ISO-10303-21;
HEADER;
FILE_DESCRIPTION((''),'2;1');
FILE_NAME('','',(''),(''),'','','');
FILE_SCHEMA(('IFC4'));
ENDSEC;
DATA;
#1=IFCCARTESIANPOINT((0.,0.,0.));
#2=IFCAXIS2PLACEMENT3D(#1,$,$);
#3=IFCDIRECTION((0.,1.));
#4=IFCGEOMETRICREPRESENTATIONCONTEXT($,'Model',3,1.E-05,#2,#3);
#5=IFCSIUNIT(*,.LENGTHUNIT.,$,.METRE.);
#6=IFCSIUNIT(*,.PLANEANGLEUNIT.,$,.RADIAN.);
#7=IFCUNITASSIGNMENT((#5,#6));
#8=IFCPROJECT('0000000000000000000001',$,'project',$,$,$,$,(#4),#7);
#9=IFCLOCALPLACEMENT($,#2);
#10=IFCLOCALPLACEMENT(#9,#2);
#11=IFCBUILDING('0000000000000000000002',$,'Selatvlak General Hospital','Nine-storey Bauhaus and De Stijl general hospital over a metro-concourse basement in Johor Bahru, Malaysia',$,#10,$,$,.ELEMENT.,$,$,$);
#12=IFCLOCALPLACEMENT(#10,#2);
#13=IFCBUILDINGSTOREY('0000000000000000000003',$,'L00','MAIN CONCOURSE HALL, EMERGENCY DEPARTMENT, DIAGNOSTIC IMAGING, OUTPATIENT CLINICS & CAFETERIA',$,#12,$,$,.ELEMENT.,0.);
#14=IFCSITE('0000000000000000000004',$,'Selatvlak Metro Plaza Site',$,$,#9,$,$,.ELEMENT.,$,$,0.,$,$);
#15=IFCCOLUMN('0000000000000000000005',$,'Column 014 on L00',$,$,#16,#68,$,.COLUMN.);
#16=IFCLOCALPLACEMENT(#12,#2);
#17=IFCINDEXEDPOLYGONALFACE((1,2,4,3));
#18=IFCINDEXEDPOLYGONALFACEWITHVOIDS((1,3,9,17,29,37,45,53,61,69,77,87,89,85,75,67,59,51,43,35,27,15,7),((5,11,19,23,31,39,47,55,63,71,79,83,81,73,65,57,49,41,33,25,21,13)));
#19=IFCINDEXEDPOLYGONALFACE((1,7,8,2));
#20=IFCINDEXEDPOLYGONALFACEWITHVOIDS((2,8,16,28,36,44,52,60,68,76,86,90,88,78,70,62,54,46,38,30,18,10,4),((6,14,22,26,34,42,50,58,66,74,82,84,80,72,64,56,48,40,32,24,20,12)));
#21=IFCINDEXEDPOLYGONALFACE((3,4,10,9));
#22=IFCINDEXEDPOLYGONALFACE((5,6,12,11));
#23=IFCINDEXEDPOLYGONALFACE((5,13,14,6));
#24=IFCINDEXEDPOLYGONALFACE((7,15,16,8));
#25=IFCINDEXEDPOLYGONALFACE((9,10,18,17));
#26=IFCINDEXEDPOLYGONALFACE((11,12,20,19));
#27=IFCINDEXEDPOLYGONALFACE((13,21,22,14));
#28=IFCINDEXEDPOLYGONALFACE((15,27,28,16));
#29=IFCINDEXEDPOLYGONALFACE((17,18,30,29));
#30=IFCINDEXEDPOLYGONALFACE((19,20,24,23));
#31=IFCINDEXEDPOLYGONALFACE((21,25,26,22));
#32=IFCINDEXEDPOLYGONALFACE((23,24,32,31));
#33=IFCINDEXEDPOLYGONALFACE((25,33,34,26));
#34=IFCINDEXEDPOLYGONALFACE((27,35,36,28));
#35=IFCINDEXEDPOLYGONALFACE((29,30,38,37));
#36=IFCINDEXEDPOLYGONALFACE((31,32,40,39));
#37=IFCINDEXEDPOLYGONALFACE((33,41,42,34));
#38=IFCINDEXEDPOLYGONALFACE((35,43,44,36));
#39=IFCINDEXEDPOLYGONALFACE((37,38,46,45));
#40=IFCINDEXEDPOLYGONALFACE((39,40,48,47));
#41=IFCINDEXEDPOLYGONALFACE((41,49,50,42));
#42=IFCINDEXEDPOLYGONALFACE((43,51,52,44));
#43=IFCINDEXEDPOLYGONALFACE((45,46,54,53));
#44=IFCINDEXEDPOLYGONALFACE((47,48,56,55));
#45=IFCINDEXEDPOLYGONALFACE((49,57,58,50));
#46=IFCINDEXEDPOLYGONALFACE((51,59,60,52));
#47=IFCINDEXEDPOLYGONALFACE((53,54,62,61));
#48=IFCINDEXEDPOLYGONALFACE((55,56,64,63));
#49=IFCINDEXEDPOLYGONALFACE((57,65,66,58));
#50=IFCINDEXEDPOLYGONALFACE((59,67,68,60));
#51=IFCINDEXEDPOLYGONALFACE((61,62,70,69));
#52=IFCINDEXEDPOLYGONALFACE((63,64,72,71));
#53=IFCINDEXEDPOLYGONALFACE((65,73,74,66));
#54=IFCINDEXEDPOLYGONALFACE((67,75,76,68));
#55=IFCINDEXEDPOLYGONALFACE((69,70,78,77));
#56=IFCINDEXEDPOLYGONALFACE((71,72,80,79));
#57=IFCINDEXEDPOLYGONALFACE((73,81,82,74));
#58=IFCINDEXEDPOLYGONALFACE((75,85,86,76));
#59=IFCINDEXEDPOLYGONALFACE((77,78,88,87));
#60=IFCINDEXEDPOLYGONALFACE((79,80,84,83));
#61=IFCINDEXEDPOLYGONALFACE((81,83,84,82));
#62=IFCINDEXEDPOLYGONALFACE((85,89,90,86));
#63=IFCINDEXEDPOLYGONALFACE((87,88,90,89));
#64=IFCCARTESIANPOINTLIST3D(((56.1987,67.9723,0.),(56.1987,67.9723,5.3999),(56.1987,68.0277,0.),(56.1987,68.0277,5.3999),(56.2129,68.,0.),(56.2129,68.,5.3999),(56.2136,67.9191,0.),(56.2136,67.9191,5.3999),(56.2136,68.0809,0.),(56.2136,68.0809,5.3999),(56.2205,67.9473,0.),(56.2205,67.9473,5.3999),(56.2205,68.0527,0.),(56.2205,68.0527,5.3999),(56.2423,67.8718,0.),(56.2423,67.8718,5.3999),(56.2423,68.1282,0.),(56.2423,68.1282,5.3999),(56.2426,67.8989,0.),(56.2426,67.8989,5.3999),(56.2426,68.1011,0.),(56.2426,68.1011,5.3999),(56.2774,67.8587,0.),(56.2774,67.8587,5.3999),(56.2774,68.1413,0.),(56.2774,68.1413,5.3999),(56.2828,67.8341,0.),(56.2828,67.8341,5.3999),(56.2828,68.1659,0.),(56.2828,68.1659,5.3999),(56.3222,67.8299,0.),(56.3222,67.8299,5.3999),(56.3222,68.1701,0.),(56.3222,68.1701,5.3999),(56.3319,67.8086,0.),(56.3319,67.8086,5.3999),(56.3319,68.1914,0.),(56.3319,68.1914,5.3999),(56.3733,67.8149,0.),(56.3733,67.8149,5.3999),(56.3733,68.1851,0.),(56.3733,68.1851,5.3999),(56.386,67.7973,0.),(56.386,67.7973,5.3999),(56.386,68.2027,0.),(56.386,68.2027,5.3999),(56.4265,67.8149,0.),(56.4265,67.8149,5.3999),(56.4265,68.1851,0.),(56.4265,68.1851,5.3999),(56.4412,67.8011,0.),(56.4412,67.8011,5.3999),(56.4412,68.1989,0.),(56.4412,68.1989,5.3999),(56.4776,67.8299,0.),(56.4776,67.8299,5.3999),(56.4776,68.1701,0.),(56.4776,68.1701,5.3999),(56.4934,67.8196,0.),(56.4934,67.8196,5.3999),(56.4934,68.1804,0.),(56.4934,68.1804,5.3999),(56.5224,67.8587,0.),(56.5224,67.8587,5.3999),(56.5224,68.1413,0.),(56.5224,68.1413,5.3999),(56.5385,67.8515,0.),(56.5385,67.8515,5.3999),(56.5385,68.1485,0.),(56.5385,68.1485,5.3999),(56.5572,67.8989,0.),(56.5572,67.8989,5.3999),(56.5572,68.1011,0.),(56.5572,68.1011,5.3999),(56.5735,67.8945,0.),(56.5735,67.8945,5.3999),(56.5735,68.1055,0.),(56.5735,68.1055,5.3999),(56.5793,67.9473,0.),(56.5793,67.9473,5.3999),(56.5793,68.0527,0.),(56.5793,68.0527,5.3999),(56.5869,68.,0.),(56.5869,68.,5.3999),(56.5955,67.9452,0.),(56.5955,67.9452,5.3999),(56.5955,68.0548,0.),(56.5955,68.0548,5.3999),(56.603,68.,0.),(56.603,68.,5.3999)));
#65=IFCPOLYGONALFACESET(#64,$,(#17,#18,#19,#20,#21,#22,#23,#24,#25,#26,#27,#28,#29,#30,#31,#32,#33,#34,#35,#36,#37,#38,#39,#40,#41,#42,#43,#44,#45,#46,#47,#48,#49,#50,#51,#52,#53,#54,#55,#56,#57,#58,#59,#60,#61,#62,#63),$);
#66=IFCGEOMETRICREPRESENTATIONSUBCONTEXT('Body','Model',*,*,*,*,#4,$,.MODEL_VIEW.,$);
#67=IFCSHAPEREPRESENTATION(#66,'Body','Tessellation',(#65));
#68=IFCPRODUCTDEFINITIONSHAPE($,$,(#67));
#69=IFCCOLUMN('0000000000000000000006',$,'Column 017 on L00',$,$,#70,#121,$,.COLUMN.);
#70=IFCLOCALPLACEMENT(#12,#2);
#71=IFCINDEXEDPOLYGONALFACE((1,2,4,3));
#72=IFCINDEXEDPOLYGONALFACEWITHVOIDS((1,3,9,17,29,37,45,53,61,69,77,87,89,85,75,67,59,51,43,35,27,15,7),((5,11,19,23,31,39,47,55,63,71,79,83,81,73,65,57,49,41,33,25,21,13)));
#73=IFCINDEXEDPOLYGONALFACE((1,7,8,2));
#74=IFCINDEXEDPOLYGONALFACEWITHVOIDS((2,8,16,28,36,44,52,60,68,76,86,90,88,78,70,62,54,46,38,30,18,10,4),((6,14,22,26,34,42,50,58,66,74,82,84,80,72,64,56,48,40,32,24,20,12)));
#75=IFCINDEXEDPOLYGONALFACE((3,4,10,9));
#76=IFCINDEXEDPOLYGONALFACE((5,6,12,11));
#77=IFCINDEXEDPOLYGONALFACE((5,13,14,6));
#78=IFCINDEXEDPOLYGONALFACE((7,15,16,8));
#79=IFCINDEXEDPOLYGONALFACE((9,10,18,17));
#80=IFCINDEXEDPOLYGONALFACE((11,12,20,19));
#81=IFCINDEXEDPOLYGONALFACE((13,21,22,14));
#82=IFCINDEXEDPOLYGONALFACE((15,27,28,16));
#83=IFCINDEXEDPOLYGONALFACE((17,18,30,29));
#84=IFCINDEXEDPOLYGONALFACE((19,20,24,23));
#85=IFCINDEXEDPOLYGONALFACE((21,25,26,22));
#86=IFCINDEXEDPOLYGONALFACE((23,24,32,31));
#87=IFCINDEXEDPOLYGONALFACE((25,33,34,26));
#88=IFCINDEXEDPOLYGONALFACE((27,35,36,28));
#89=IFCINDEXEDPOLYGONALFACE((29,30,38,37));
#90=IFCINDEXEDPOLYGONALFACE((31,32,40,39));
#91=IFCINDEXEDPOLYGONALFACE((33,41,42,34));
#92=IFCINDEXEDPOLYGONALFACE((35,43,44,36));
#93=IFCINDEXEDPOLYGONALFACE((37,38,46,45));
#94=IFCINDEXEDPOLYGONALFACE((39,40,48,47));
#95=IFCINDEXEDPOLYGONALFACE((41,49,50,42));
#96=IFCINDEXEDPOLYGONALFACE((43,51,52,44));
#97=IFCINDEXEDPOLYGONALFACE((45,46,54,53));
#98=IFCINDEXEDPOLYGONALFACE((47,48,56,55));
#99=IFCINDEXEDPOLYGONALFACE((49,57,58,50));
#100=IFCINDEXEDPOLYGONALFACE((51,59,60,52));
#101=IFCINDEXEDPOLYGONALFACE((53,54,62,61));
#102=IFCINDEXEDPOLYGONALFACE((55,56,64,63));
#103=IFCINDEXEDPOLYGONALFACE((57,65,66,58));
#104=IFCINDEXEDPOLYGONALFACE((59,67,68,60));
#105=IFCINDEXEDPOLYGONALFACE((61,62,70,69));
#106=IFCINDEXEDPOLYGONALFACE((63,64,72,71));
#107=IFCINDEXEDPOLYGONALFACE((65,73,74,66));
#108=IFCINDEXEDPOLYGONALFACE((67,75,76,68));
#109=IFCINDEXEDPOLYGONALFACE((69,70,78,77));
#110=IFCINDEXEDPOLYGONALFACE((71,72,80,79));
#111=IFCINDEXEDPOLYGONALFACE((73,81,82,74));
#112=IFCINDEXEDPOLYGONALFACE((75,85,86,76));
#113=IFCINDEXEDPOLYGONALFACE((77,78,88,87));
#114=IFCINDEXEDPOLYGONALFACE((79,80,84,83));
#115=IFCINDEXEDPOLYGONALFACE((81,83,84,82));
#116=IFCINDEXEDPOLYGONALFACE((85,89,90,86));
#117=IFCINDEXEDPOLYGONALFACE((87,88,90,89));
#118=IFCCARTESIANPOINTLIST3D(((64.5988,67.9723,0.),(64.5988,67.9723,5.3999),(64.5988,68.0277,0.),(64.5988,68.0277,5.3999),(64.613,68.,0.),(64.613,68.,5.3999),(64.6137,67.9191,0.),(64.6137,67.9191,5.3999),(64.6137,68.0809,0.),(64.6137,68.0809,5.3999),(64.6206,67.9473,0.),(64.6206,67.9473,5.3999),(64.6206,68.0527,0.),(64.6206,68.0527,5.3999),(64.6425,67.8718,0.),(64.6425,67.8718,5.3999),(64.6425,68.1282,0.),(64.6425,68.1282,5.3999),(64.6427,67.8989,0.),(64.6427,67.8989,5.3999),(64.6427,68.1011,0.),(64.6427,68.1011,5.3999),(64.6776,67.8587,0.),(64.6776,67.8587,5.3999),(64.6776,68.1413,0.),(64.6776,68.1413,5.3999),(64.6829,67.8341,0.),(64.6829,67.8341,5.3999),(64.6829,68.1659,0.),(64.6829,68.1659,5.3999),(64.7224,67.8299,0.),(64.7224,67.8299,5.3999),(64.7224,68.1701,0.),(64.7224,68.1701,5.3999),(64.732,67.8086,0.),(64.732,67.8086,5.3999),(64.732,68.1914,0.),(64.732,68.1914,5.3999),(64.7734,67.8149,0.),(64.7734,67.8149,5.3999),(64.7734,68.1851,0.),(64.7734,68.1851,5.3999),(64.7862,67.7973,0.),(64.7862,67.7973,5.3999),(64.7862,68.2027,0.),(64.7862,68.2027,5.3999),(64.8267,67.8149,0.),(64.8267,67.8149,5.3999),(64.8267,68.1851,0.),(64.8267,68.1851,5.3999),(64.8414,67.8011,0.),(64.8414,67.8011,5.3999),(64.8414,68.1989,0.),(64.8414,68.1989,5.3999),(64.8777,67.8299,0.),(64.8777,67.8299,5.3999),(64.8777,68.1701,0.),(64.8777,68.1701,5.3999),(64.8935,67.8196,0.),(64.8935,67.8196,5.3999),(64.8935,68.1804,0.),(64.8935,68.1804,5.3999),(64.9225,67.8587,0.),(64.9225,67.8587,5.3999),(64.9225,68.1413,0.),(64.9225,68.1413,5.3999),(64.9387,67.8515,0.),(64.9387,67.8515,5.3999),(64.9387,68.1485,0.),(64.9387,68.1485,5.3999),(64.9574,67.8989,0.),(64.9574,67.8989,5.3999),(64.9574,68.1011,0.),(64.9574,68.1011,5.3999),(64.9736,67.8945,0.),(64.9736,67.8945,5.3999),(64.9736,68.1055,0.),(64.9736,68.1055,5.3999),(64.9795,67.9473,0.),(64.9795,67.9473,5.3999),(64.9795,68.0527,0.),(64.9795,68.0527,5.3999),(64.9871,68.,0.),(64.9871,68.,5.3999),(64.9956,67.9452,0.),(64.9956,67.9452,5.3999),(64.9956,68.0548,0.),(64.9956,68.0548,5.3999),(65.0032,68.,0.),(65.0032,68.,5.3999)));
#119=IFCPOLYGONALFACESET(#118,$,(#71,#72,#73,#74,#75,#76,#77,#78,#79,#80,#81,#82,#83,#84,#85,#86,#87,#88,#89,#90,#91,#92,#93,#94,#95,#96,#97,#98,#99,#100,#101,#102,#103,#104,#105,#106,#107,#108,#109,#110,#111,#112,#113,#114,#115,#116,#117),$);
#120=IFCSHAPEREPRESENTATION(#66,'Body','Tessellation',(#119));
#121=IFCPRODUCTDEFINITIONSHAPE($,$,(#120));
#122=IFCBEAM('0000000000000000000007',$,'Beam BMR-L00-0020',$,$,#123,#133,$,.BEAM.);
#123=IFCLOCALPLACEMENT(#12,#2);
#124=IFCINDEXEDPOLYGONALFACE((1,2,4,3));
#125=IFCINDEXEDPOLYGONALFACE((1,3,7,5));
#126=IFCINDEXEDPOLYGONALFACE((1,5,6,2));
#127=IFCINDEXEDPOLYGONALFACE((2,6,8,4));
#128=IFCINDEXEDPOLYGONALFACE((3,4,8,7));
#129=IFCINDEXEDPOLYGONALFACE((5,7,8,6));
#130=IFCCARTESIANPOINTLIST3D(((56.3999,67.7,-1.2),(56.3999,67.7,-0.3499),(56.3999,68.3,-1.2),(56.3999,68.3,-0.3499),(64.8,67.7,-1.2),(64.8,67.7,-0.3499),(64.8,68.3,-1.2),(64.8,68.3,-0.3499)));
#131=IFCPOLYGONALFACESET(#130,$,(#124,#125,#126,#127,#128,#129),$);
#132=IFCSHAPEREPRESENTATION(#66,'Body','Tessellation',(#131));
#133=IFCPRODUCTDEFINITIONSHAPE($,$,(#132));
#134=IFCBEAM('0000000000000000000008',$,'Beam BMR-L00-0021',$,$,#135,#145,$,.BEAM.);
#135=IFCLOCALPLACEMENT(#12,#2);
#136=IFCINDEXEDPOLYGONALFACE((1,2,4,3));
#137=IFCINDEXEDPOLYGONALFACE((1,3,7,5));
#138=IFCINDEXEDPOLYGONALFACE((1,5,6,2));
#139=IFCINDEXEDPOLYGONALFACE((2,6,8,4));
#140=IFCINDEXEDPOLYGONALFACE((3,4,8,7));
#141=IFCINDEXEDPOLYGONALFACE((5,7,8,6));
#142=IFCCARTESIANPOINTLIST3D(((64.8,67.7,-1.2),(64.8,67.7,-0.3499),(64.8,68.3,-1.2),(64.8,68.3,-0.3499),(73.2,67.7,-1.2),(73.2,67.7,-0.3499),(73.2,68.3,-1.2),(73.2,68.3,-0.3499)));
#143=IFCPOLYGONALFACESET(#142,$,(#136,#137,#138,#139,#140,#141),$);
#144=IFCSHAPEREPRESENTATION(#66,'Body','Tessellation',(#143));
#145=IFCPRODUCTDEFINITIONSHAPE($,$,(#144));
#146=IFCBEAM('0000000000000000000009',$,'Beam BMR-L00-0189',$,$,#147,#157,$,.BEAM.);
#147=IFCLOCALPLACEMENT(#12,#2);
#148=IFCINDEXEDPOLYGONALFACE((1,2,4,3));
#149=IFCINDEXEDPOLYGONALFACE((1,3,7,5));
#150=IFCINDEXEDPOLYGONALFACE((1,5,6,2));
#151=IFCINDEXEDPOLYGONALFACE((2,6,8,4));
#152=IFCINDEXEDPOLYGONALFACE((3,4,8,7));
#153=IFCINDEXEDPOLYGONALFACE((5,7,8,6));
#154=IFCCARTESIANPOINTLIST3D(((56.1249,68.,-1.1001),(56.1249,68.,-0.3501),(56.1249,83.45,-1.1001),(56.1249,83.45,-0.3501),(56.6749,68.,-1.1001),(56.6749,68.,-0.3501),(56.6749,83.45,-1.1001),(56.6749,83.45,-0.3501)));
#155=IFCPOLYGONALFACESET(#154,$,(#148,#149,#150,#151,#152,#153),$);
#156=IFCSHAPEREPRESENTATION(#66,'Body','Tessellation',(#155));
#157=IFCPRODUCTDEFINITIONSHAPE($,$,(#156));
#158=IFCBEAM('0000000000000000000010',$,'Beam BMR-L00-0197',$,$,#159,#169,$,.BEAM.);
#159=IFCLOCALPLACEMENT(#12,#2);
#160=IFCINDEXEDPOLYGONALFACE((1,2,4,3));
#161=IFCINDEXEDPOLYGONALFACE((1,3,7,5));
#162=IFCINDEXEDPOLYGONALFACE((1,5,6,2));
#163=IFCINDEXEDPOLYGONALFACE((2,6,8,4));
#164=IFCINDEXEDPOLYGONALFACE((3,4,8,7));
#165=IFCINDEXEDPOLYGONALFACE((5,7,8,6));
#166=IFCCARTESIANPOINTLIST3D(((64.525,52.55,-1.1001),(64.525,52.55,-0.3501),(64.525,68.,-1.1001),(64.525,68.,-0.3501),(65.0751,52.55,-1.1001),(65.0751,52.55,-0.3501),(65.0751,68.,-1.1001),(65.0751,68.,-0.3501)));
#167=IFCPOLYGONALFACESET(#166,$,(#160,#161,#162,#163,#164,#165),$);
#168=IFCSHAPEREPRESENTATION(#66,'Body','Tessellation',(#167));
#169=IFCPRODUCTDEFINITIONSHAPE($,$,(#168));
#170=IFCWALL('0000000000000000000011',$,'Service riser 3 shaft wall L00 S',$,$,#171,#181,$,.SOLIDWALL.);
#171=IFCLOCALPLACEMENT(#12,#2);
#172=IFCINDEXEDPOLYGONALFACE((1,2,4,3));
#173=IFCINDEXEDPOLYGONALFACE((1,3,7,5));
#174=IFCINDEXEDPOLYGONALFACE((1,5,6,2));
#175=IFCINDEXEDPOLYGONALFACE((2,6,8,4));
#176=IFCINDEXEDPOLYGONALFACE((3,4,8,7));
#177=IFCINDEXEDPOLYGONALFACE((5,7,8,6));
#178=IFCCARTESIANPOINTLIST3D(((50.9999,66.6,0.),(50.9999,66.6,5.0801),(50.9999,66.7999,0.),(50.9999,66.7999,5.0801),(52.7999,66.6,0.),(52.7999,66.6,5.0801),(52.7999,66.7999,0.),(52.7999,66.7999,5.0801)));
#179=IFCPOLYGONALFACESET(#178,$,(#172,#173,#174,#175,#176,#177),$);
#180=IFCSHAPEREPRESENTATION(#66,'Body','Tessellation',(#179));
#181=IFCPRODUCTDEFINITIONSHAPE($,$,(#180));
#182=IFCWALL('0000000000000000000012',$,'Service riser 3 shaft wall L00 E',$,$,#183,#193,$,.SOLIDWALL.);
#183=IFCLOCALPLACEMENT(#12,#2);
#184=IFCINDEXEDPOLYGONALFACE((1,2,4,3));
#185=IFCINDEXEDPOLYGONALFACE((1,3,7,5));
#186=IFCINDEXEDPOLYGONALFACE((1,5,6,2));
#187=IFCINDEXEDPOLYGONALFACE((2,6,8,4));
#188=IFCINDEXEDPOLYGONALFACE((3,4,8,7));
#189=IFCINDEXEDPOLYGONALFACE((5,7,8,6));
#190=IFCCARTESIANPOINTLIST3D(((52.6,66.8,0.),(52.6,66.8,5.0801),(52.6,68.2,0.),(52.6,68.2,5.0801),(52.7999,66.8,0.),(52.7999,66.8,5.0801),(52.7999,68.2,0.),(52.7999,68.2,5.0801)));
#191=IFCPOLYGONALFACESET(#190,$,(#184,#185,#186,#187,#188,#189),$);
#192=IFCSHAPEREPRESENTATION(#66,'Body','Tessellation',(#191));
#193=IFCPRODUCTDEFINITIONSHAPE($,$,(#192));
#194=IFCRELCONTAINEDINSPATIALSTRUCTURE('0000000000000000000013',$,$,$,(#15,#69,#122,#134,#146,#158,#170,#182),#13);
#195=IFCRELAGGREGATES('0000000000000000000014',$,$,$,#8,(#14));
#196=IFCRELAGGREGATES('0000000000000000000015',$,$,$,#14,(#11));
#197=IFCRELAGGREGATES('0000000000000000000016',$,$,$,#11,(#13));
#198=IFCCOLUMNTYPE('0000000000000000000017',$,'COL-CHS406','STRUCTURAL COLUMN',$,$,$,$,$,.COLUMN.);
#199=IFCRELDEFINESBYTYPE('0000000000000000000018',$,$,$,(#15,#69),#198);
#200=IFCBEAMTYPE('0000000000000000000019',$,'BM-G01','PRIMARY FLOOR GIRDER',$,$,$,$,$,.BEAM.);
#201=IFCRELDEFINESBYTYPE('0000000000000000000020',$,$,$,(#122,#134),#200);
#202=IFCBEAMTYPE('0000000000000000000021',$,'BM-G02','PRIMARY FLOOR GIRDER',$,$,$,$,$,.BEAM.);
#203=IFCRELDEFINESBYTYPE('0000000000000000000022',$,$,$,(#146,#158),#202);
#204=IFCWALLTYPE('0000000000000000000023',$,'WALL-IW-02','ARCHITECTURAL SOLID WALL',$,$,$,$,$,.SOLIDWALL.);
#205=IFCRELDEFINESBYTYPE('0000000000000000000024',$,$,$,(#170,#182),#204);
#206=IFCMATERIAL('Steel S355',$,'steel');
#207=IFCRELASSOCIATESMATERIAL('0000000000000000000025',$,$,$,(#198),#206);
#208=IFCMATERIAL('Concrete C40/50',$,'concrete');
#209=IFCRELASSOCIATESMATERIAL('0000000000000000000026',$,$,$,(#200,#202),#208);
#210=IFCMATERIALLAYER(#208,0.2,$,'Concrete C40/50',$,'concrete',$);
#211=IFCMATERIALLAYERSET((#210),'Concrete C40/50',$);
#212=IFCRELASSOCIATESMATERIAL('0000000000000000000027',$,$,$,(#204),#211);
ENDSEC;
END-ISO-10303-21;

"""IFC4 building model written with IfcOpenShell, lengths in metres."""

from ifc_helpers import new_model, si_unit, direction, frame, frame_2d, origin, origin_2d, place, context, subcontext, project, spatial, rectangle, hollow_circle, extrude, material, layer, layer_set, material_profile, profile_set, type_object, element, save


model = new_model("IFC4")

# Units and contexts
model_context = context("Model", 3, precision=1e-05, world=origin(), true_north=direction((0.0, 1.0)))
body_context = subcontext(model_context, "Body", "Model", "MODEL_VIEW")
ifc_project = project(units=[si_unit("LENGTHUNIT", "METRE"), si_unit("PLANEANGLEUNIT", "RADIAN")], contexts=[model_context])

# Site, building, storey
site_placement = place(None, origin())
site = spatial("IfcSite", under=ifc_project, at=site_placement, Name="Selatvlak Metro Plaza Site", CompositionType="ELEMENT", RefElevation=0.0)
building_placement = place(site_placement, origin())
building = spatial("IfcBuilding", under=site, at=building_placement, Name="Selatvlak General Hospital", Description="Nine-storey Bauhaus and De Stijl general hospital over a metro-concourse basement in Johor Bahru, Malaysia", CompositionType="ELEMENT")
storey_placement = place(building_placement, origin())
storey = spatial("IfcBuildingStorey", under=building, at=storey_placement, Name="L00", Description="MAIN CONCOURSE HALL, EMERGENCY DEPARTMENT, DIAGNOSTIC IMAGING, OUTPATIENT CLINICS & CAFETERIA", CompositionType="ELEMENT", Elevation=0.0)

# Columns
ifc_material_1 = material(Name="Steel S355", Category="steel")
ifc_material_profile_1 = material_profile(ifc_material_1, hollow_circle(Radius=0.2031, WallThickness=0.0161, at=origin_2d()), Name="CHS 406.4x16")
ifc_profile_set_1 = profile_set([ifc_material_profile_1], Name="Steel S355")
column_type = type_object("IfcColumnType", Name="COL-CHS406", Description="STRUCTURAL COLUMN", PredefinedType="COLUMN", material=ifc_profile_set_1)
for number, where, z_axis, x_axis, name in (
    (1, (56.3999, 68.0, 0.0), (0.0, 0.0, 1.0), (1.0, 0.0, 0.0), "Column 014 on L00"),
    (2, (64.8, 68.0, 0.0), (0.0, 0.0, 1.0), (1.0, 0.0, 0.0), "Column 017 on L00"),
):
    element("IfcColumn", number, at=place(storey_placement, frame(where, z_axis=z_axis, x_axis=x_axis)), inside=storey, type_object=column_type, Name=name, PredefinedType="COLUMN", context=body_context, shape_type="SweptSolid", body=[
        extrude(hollow_circle(Radius=0.2031, WallThickness=0.0161, at=origin_2d()), origin(), (0.0, 0.0, 1.0), 5.3999),
    ])

# Beams
ifc_material_2 = material(Name="Concrete C40/50", Category="concrete")
ifc_material_profile_2 = material_profile(ifc_material_2, rectangle(XDim=0.6001, YDim=0.8501, at=origin_2d()), Name="RC-BM 600x850")
ifc_profile_set_2 = profile_set([ifc_material_profile_2], Name="Concrete C40/50")
beam_type_1 = type_object("IfcBeamType", Name="BM-G01", Description="PRIMARY FLOOR GIRDER", PredefinedType="BEAM", material=ifc_profile_set_2)
beam_1_placement = place(storey_placement, frame((56.3999, 68.0, -0.7749), z_axis=(1.0, 0.0, 0.0), x_axis=(0.0, 1.0, 0.0)))
element("IfcBeam", 3, at=beam_1_placement, inside=storey, type_object=beam_type_1, Name="Beam BMR-L00-0020", PredefinedType="BEAM", context=body_context, shape_type="SweptSolid", body=[
    extrude(rectangle(XDim=0.6001, YDim=0.8501, at=origin_2d()), origin(), (0.0, 0.0, 1.0), 8.4001),
])
beam_2_placement = place(storey_placement, frame((64.8, 68.0, -0.7749), z_axis=(1.0, 0.0, 0.0), x_axis=(0.0, 1.0, 0.0)))
element("IfcBeam", 4, at=beam_2_placement, inside=storey, type_object=beam_type_1, Name="Beam BMR-L00-0021", PredefinedType="BEAM", context=body_context, shape_type="SweptSolid", body=[
    extrude(rectangle(XDim=0.6001, YDim=0.8501, at=origin_2d()), origin(), (0.0, 0.0, 1.0), 8.3999),
])
ifc_material_profile_3 = material_profile(ifc_material_2, rectangle(XDim=0.55, YDim=0.75, at=origin_2d()), Name="RC-BM 550x750")
ifc_profile_set_3 = profile_set([ifc_material_profile_3], Name="Concrete C40/50")
beam_type_2 = type_object("IfcBeamType", Name="BM-G02", Description="PRIMARY FLOOR GIRDER", PredefinedType="BEAM", material=ifc_profile_set_3)
for number, where, z_axis, x_axis, name in (
    (5, (56.3999, 68.0, -0.7251), (0.0, 1.0, 0.0), (-1.0, 0.0, 0.0), "Beam BMR-L00-0189"),
    (6, (64.8, 52.55, -0.7251), (0.0, 1.0, 0.0), (-1.0, 0.0, 0.0), "Beam BMR-L00-0197"),
):
    element("IfcBeam", number, at=place(storey_placement, frame(where, z_axis=z_axis, x_axis=x_axis)), inside=storey, type_object=beam_type_2, Name=name, PredefinedType="BEAM", context=body_context, shape_type="SweptSolid", body=[
        extrude(rectangle(XDim=0.55, YDim=0.75, at=origin_2d()), origin(), (0.0, 0.0, 1.0), 15.45),
    ])

# Walls
ifc_layer_1 = layer(ifc_material_2, 0.2, Name="Concrete C40/50", Category="concrete")
ifc_layer_set_1 = layer_set([ifc_layer_1], Name="Concrete C40/50")
wall_type_1 = type_object("IfcWallType", Name="WALL-IW-02", Description="ARCHITECTURAL SOLID WALL", PredefinedType="SOLIDWALL", material=ifc_layer_set_1)
wall_1_placement = place(storey_placement, frame((51.0, 66.7, 0.0), z_axis=(0.0, 0.0, 1.0), x_axis=(1.0, 0.0, 0.0)))
element("IfcWall", 7, at=wall_1_placement, inside=storey, type_object=wall_type_1, Name="Service riser 3 shaft wall L00 S", PredefinedType="SOLIDWALL", context=body_context, shape_type="SweptSolid", body=[
    extrude(rectangle(XDim=1.8, YDim=0.2, at=frame_2d((0.8999, 0.0))), origin(), (0.0, 0.0, 1.0), 5.0801),
])
wall_2_placement = place(storey_placement, frame((52.7, 66.8, 0.0), z_axis=(0.0, 0.0, 1.0), x_axis=(0.0, 1.0, 0.0)))
element("IfcWall", 8, at=wall_2_placement, inside=storey, type_object=wall_type_1, Name="Service riser 3 shaft wall L00 E", PredefinedType="SOLIDWALL", context=body_context, shape_type="SweptSolid", body=[
    extrude(rectangle(XDim=1.3999, YDim=0.2, at=frame_2d((0.7, 0.0))), origin(), (0.0, 0.0, 1.0), 5.0801),
])

save(model, "model.ifc")
